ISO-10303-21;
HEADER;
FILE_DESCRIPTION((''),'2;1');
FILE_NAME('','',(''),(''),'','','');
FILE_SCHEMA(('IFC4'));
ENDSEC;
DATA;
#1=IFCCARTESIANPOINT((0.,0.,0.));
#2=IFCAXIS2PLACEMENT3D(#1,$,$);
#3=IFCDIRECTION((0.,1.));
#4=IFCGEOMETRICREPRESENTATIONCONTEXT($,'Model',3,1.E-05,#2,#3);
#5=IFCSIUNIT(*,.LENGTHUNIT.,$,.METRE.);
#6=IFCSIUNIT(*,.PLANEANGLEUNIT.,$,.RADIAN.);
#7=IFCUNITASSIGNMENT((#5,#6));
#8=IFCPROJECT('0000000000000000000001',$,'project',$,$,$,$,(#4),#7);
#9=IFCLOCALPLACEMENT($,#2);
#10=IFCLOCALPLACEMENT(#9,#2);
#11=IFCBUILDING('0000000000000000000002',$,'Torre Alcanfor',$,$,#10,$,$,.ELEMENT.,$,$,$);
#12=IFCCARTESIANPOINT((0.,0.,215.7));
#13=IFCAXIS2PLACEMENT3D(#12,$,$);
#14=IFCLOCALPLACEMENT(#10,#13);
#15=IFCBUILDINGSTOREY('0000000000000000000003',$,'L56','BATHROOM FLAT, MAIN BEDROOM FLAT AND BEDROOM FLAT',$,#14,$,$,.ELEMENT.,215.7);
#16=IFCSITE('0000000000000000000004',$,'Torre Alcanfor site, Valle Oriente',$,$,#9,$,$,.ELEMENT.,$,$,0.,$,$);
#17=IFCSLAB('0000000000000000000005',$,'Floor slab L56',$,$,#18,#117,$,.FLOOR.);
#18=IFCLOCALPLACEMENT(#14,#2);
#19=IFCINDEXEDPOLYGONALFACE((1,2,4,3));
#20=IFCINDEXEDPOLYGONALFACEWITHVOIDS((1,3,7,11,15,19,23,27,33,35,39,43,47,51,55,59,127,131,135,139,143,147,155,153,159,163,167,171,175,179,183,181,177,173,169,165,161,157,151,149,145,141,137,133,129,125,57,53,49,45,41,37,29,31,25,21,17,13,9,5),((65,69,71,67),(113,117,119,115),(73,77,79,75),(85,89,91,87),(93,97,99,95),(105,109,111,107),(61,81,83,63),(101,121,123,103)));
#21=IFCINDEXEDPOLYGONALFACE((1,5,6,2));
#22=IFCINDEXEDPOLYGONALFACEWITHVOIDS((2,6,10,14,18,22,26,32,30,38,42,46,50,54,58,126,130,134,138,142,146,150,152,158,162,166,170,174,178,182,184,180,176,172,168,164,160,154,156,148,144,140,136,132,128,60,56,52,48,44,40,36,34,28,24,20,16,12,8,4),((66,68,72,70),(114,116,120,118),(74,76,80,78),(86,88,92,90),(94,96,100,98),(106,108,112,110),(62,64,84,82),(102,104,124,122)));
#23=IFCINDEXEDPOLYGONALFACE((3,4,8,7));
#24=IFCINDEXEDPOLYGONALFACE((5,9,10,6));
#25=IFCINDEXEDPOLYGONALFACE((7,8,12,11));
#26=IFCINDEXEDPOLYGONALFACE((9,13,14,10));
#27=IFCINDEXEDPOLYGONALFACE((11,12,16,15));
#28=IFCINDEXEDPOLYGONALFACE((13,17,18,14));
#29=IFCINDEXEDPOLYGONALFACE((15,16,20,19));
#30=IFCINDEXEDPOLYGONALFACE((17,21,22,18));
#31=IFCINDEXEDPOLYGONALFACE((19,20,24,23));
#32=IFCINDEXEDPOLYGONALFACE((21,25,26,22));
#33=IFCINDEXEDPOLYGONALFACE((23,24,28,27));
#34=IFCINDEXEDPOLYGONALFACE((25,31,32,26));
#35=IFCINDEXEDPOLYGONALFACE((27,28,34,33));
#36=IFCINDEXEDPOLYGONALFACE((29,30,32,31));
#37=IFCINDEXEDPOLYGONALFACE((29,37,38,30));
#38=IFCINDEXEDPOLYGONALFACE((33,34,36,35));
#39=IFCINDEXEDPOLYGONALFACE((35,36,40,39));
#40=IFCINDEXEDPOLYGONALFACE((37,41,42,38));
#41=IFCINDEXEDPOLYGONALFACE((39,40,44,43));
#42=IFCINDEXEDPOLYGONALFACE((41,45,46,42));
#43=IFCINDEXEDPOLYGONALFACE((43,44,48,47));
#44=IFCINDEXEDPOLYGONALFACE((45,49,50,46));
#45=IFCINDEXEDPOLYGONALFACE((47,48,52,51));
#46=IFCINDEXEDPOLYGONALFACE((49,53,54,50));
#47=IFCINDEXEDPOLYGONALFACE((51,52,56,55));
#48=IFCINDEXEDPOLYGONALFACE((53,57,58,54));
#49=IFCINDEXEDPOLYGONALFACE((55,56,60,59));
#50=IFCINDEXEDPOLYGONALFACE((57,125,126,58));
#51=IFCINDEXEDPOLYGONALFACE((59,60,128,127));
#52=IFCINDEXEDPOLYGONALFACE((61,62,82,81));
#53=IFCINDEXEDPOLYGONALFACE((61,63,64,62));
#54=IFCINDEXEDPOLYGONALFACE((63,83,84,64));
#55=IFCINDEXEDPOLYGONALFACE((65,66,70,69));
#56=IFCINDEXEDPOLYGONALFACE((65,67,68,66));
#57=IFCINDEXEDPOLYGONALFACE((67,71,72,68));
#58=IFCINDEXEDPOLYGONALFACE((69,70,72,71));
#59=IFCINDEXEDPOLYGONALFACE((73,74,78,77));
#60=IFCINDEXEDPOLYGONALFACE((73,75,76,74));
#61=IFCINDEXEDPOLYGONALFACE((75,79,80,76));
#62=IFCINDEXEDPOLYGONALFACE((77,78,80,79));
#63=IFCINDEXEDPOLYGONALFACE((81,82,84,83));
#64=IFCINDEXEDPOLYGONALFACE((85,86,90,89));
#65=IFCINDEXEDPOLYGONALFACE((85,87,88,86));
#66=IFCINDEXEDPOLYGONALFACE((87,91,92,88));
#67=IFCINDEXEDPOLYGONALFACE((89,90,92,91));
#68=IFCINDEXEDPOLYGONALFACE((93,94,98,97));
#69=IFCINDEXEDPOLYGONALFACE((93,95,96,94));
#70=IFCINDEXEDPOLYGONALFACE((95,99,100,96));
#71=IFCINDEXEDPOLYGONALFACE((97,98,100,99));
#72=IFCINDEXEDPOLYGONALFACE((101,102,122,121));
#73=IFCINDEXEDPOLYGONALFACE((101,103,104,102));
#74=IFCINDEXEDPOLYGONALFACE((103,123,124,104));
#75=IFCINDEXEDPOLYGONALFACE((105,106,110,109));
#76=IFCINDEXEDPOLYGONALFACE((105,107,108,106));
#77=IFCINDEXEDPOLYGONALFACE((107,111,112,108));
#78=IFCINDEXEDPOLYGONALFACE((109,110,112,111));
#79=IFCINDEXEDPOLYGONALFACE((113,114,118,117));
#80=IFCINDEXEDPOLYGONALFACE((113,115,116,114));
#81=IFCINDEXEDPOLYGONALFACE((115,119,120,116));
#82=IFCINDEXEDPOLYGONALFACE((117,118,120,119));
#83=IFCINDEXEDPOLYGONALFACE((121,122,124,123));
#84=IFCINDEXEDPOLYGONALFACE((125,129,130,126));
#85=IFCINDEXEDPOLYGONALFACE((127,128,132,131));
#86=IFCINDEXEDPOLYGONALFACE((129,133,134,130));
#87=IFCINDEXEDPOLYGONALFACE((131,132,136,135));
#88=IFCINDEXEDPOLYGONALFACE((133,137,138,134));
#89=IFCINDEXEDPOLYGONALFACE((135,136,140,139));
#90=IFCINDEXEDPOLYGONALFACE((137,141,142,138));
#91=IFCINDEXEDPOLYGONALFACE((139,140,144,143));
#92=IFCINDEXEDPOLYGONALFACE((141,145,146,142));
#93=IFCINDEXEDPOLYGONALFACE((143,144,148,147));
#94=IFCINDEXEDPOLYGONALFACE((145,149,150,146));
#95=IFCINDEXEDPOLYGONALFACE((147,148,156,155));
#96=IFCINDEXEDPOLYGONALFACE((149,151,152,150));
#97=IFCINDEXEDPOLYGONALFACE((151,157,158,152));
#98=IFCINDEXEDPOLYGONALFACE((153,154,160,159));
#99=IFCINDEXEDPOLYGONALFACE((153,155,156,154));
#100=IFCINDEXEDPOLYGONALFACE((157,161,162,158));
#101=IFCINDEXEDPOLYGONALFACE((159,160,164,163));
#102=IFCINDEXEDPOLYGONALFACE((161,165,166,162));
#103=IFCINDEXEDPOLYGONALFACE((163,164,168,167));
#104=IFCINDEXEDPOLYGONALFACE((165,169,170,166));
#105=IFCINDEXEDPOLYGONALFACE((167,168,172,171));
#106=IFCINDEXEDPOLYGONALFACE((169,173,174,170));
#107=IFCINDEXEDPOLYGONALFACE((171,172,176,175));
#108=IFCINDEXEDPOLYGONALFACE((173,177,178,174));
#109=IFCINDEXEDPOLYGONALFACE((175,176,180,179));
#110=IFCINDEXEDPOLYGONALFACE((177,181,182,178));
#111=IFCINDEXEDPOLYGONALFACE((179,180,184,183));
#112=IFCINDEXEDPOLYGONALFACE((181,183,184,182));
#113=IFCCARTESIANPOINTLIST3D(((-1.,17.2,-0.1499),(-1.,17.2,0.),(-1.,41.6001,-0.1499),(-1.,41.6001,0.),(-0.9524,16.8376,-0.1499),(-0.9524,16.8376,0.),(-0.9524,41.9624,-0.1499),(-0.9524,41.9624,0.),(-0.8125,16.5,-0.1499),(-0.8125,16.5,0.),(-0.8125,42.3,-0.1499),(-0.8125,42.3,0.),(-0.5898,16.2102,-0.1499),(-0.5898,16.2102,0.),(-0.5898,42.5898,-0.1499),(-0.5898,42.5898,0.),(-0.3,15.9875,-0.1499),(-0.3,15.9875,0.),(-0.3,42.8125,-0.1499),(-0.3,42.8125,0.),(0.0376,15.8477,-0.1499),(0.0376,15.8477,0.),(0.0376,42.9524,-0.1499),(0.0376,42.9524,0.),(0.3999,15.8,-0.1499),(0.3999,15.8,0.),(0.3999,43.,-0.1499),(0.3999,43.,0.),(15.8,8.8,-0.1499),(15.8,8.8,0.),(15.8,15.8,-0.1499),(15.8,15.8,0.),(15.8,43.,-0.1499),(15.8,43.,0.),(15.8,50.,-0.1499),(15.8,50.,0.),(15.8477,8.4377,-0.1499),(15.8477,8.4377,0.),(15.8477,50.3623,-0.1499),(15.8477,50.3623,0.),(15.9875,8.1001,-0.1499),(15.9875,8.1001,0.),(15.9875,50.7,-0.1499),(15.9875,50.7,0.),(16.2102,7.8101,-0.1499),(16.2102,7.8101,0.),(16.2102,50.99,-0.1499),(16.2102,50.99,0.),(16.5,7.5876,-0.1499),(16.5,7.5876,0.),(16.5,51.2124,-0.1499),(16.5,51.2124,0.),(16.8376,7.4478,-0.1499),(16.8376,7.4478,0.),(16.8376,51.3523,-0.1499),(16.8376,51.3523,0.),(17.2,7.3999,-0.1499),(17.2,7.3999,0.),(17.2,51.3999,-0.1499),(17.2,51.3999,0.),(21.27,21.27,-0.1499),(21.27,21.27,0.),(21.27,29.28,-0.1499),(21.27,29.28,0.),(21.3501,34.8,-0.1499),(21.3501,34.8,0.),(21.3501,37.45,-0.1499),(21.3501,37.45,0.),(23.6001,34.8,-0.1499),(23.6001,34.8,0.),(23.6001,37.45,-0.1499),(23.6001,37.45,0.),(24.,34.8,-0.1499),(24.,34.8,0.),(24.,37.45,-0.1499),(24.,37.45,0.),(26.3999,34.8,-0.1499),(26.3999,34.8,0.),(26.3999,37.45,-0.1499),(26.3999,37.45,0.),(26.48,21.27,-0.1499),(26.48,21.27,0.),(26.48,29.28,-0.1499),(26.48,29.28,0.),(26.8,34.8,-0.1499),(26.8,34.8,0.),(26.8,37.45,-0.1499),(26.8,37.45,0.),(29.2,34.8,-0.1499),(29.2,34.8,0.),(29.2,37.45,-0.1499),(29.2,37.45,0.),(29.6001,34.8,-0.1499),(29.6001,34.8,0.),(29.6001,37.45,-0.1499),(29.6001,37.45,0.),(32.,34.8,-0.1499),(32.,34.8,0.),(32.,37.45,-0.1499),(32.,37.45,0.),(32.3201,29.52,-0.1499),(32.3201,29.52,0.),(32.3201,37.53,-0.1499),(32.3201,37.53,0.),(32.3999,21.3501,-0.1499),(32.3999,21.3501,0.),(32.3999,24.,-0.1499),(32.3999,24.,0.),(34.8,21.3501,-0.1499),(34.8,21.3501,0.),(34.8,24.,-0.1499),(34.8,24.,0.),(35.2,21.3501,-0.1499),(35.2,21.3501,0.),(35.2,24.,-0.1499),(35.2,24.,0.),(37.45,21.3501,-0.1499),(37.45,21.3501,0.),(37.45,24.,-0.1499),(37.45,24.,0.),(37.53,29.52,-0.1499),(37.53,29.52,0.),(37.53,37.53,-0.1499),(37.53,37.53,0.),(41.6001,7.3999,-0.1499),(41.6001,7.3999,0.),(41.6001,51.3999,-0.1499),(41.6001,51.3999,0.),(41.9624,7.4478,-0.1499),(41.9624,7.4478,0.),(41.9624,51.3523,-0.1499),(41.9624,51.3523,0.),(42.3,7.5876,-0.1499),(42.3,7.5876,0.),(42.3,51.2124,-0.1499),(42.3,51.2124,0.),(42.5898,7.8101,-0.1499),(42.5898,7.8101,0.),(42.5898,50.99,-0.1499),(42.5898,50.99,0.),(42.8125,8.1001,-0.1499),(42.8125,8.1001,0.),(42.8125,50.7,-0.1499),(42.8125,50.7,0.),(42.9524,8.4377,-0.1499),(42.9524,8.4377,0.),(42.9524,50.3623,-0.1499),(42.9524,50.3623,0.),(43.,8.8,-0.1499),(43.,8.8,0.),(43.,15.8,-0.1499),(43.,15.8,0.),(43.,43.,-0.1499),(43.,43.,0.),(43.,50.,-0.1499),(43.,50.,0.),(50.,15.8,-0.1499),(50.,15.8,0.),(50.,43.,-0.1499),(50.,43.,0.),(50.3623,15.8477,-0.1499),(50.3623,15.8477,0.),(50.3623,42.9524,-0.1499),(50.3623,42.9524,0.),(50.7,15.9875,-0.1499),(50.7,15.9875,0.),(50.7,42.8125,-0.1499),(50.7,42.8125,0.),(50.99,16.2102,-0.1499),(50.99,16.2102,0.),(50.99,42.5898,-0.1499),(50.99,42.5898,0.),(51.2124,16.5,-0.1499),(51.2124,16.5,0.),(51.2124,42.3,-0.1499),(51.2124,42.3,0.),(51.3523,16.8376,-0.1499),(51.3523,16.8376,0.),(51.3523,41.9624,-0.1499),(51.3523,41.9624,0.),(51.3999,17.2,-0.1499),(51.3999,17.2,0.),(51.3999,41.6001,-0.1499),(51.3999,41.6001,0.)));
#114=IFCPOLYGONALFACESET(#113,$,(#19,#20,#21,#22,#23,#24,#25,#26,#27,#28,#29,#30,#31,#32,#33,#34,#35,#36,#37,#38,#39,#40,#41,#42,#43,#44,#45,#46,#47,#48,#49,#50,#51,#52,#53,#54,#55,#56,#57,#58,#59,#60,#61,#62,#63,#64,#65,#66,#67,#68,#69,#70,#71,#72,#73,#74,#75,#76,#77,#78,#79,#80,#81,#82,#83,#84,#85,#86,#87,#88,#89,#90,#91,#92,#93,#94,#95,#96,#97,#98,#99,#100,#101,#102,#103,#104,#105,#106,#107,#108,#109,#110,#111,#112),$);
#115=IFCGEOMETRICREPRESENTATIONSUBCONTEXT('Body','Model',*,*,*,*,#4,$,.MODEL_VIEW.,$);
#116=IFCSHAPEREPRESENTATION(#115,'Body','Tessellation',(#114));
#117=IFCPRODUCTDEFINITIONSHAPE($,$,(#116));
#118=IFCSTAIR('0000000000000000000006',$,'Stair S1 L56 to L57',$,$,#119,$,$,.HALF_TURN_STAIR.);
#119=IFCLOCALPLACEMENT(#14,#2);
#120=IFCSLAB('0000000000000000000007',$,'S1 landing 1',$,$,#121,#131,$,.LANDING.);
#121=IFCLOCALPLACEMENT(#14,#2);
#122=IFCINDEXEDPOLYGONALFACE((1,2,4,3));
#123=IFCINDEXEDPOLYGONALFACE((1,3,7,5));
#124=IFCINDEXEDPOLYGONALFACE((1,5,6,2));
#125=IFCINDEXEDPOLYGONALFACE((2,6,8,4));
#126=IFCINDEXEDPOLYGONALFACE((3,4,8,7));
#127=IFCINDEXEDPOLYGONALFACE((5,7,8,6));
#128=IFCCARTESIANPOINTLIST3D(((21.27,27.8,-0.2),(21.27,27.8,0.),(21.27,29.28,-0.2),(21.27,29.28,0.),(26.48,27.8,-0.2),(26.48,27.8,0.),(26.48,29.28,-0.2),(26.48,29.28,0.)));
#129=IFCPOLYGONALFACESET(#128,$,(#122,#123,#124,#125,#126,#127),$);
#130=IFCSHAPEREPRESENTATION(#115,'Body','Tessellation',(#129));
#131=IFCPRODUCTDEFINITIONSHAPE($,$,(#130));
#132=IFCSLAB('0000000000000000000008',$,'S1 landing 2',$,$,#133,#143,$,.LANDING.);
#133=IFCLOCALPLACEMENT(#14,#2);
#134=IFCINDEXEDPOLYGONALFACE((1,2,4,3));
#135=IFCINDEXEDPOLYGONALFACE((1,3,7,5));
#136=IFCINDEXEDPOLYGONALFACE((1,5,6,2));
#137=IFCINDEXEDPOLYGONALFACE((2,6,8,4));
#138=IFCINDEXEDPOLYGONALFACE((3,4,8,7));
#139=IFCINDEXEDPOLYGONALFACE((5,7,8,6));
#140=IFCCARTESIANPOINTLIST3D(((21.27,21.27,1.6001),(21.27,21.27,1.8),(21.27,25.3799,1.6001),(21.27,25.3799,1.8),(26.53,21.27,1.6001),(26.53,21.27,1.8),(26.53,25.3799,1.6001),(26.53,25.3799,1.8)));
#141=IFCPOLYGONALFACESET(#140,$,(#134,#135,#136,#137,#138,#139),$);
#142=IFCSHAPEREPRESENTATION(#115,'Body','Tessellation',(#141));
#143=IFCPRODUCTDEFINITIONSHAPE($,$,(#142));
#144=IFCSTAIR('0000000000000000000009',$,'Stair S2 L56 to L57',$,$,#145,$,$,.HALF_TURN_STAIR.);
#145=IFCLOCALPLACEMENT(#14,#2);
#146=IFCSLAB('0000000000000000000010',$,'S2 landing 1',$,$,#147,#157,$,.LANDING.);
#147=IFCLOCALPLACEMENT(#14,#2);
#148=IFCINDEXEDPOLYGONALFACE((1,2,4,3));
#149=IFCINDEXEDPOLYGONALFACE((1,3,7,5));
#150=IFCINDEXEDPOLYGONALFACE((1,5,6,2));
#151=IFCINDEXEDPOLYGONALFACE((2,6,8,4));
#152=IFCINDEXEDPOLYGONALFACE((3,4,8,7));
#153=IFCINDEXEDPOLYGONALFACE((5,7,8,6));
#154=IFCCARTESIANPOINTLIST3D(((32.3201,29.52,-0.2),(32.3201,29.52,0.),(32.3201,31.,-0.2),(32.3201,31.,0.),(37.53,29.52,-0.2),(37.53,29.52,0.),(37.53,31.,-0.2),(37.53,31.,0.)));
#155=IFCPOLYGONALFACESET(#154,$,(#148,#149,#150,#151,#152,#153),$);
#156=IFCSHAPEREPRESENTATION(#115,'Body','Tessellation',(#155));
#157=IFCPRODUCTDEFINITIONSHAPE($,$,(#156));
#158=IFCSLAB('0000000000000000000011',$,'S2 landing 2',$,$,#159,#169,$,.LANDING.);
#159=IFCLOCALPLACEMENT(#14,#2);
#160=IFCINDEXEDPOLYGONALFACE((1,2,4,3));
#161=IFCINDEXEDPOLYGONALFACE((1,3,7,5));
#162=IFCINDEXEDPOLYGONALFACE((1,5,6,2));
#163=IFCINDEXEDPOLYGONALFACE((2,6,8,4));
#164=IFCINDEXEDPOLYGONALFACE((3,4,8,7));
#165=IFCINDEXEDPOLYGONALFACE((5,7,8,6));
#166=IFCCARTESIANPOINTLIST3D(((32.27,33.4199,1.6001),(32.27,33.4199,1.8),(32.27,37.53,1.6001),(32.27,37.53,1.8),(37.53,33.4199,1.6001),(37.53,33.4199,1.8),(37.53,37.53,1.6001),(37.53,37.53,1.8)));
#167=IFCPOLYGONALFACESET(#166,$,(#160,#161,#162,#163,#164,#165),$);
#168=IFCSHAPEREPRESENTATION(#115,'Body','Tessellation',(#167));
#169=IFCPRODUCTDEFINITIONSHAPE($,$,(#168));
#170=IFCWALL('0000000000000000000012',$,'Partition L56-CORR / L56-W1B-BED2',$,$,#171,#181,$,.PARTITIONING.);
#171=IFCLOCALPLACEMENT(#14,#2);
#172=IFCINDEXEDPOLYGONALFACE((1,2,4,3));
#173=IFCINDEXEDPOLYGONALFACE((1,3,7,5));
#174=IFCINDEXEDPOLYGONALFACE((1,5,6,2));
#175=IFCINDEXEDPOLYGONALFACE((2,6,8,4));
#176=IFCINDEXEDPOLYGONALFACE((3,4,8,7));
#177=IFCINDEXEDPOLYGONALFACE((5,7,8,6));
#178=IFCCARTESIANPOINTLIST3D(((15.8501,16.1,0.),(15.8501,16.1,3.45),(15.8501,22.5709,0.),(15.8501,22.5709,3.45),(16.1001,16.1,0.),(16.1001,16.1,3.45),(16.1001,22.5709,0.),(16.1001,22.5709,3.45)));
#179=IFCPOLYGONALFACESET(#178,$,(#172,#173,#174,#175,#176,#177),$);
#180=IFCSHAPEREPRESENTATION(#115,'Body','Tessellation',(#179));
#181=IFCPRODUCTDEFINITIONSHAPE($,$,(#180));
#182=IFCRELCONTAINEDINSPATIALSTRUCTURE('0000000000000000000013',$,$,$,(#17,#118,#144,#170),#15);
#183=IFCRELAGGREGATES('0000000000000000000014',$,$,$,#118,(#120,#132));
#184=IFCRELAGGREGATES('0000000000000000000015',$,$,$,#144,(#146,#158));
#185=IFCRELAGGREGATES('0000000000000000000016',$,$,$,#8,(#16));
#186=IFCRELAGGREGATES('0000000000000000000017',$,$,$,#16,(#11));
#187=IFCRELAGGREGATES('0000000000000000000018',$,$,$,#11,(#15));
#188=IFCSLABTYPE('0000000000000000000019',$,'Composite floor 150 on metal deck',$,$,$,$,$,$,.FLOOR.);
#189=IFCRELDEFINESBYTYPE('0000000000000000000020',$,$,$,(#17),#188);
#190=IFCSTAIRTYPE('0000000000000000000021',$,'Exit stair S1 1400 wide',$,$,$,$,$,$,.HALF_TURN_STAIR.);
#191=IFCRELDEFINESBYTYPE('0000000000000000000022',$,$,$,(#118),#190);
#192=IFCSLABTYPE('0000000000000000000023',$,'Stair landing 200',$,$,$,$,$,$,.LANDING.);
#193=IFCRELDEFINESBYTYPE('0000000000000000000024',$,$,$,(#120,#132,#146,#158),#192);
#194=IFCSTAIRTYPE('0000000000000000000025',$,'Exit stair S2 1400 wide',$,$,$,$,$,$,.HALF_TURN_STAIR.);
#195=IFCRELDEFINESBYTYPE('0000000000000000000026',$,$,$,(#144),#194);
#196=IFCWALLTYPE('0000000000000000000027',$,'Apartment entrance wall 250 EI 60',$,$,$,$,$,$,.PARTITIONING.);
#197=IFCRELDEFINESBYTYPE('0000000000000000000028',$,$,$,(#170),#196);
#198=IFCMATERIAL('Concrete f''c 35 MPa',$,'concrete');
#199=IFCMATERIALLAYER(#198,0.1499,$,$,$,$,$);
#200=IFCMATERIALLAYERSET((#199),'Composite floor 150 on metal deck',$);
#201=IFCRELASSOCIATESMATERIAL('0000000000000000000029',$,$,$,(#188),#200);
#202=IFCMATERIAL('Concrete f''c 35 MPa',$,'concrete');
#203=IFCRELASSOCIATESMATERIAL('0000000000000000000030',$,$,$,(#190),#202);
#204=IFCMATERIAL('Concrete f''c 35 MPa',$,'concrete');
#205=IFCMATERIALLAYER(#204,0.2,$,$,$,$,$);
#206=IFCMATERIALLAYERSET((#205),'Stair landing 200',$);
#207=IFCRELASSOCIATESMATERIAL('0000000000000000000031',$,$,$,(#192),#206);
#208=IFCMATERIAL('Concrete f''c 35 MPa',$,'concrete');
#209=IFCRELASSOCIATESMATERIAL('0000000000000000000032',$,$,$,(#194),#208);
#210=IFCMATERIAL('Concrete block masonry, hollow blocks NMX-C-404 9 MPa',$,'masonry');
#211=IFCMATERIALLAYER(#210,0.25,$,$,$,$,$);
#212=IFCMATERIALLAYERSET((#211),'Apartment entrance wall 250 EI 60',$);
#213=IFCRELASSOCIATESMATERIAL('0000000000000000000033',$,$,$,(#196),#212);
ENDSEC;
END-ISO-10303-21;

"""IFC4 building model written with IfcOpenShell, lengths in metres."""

from ifc_helpers import new_model, si_unit, direction, frame, frame_2d, origin, place, context, subcontext, project, spatial, polyline, rectangle, outline, extrude, material, layer, layer_set, type_object, element, aggregate, save


model = new_model("IFC4")

# Units and contexts
model_context = context("Model", 3, precision=1e-05, world=origin(), true_north=direction((0.0, 1.0)))
body_context = subcontext(model_context, "Body", "Model", "MODEL_VIEW")
ifc_project = project(units=[si_unit("LENGTHUNIT", "METRE"), si_unit("PLANEANGLEUNIT", "RADIAN")], contexts=[model_context])

# Site, building, storey
site_placement = place(None, origin())
site = spatial("IfcSite", under=ifc_project, at=site_placement, Name="Torre Alcanfor site, Valle Oriente", CompositionType="ELEMENT", RefElevation=0.0)
building_placement = place(site_placement, origin())
building = spatial("IfcBuilding", under=site, at=building_placement, Name="Torre Alcanfor", CompositionType="ELEMENT")
storey_placement = place(building_placement, frame((0.0, 0.0, 215.7)))
storey = spatial("IfcBuildingStorey", under=building, at=storey_placement, Name="L56", Description="BATHROOM FLAT, MAIN BEDROOM FLAT AND BEDROOM FLAT", CompositionType="ELEMENT", Elevation=215.7)

# Slab
ifc_material_1 = material(Name="Concrete f'c 35 MPa", Category="concrete")
ifc_layer_1 = layer(ifc_material_1, 0.1499)
ifc_layer_set_1 = layer_set([ifc_layer_1], Name="Composite floor 150 on metal deck")
slab_type_1 = type_object("IfcSlabType", Name="Composite floor 150 on metal deck", PredefinedType="FLOOR", material=ifc_layer_set_1)
slab_1_placement = place(storey_placement, frame((0.0, 0.0, -0.1499)))
element("IfcSlab", 1, at=slab_1_placement, inside=storey, type_object=slab_type_1, Name="Floor slab L56", PredefinedType="FLOOR", context=body_context, shape_type="SweptSolid", body=[
    extrude(outline(polyline([(15.8, 43.0), (0.3999, 43.0), (0.0376, 42.9524), (-0.3, 42.8125), (-0.5898, 42.5898), (-0.8125, 42.3), (-0.9524, 41.9624), (-1.0, 41.6001), (-1.0, 17.2), (-0.9524, 16.8376), (-0.8125, 16.5), (-0.5898, 16.2102), (-0.3, 15.9875), (0.0376, 15.8477), (0.3999, 15.8), (15.8, 15.8), (15.8, 8.8), (15.8477, 8.4377), (15.9875, 8.1001), (16.2102, 7.8101), (16.5, 7.5876), (16.8376, 7.4478), (17.2, 7.3999), (41.6001, 7.3999), (41.9624, 7.4478), (42.3, 7.5876), (42.5898, 7.8101), (42.8125, 8.1001), (42.9524, 8.4377), (43.0, 8.8), (43.0, 15.8), (50.0, 15.8), (50.3623, 15.8477), (50.7, 15.9875), (50.99, 16.2102), (51.2124, 16.5), (51.3523, 16.8376), (51.3999, 17.2), (51.3999, 41.6001), (51.3523, 41.9624), (51.2124, 42.3), (50.99, 42.5898), (50.7, 42.8125), (50.3623, 42.9524), (50.0, 43.0), (43.0, 43.0), (43.0, 50.0), (42.9524, 50.3623), (42.8125, 50.7), (42.5898, 50.99), (42.3, 51.2124), (41.9624, 51.3523), (41.6001, 51.3999), (17.2, 51.3999), (16.8376, 51.3523), (16.5, 51.2124), (16.2102, 50.99), (15.9875, 50.7), (15.8477, 50.3623), (15.8, 50.0), (15.8, 43.0)]), holes=[polyline([(21.27, 21.27), (26.48, 21.27), (26.48, 29.28), (21.27, 29.28), (21.27, 21.27)]), polyline([(32.3201, 29.52), (37.53, 29.52), (37.53, 37.53), (32.3201, 37.53), (32.3201, 29.52)]), polyline([(32.3999, 21.3501), (34.8, 21.3501), (34.8, 24.0), (32.3999, 24.0), (32.3999, 21.3501)]), polyline([(35.2, 21.3501), (37.45, 21.3501), (37.45, 24.0), (35.2, 24.0), (35.2, 21.3501)]), polyline([(21.3501, 34.8), (23.6001, 34.8), (23.6001, 37.45), (21.3501, 37.45), (21.3501, 34.8)]), polyline([(24.0, 34.8), (26.3999, 34.8), (26.3999, 37.45), (24.0, 37.45), (24.0, 34.8)]), polyline([(26.8, 34.8), (29.2, 34.8), (29.2, 37.45), (26.8, 37.45), (26.8, 34.8)]), polyline([(29.6001, 34.8), (32.0, 34.8), (32.0, 37.45), (29.6001, 37.45), (29.6001, 34.8)])]), origin(), (0.0, 0.0, 1.0), 0.1499),
])

# Stairs, slabs
ifc_material_2 = material(Name="Concrete f'c 35 MPa", Category="concrete")
stair_type_1 = type_object("IfcStairType", Name="Exit stair S1 1400 wide", PredefinedType="HALF_TURN_STAIR", material=ifc_material_2)
stair_1_placement = place(storey_placement, origin())
stair_1 = element("IfcStair", 2, at=stair_1_placement, inside=storey, type_object=stair_type_1, Name="Stair S1 L56 to L57", PredefinedType="HALF_TURN_STAIR")
ifc_material_3 = material(Name="Concrete f'c 35 MPa", Category="concrete")
ifc_layer_2 = layer(ifc_material_3, 0.2)
ifc_layer_set_2 = layer_set([ifc_layer_2], Name="Stair landing 200")
slab_type_2 = type_object("IfcSlabType", Name="Stair landing 200", PredefinedType="LANDING", material=ifc_layer_set_2)
slab_2_placement = place(storey_placement, frame((0.0, 0.0, -0.2)))
slab_2 = element("IfcSlab", 3, at=slab_2_placement, type_object=slab_type_2, Name="S1 landing 1", PredefinedType="LANDING", context=body_context, shape_type="SweptSolid", body=[
    extrude(outline(polyline([(21.27, 27.8), (26.48, 27.8), (26.48, 29.28), (21.27, 29.28), (21.27, 27.8)])), origin(), (0.0, 0.0, 1.0), 0.2),
])
slab_3_placement = place(storey_placement, frame((0.0, 0.0, 1.6001)))
slab_3 = element("IfcSlab", 4, at=slab_3_placement, type_object=slab_type_2, Name="S1 landing 2", PredefinedType="LANDING", context=body_context, shape_type="SweptSolid", body=[
    extrude(outline(polyline([(21.27, 21.27), (26.53, 21.27), (26.53, 25.3799), (21.27, 25.3799), (21.27, 21.27)])), origin(), (0.0, 0.0, 1.0), 0.2),
])
aggregate(stair_1, [slab_2, slab_3])
ifc_material_4 = material(Name="Concrete f'c 35 MPa", Category="concrete")
stair_type_2 = type_object("IfcStairType", Name="Exit stair S2 1400 wide", PredefinedType="HALF_TURN_STAIR", material=ifc_material_4)
stair_2_placement = place(storey_placement, origin())
stair_2 = element("IfcStair", 5, at=stair_2_placement, inside=storey, type_object=stair_type_2, Name="Stair S2 L56 to L57", PredefinedType="HALF_TURN_STAIR")
slab_4_placement = place(storey_placement, frame((0.0, 0.0, -0.2)))
slab_4 = element("IfcSlab", 6, at=slab_4_placement, type_object=slab_type_2, Name="S2 landing 1", PredefinedType="LANDING", context=body_context, shape_type="SweptSolid", body=[
    extrude(outline(polyline([(32.3201, 29.52), (37.53, 29.52), (37.53, 31.0), (32.3201, 31.0), (32.3201, 29.52)])), origin(), (0.0, 0.0, 1.0), 0.2),
])
slab_5_placement = place(storey_placement, frame((0.0, 0.0, 1.6001)))
slab_5 = element("IfcSlab", 7, at=slab_5_placement, type_object=slab_type_2, Name="S2 landing 2", PredefinedType="LANDING", context=body_context, shape_type="SweptSolid", body=[
    extrude(outline(polyline([(32.27, 33.4199), (37.53, 33.4199), (37.53, 37.53), (32.27, 37.53), (32.27, 33.4199)])), origin(), (0.0, 0.0, 1.0), 0.2),
])
aggregate(stair_2, [slab_4, slab_5])

# Wall
ifc_material_5 = material(Name="Concrete block masonry, hollow blocks NMX-C-404 9 MPa", Category="masonry")
ifc_layer_3 = layer(ifc_material_5, 0.25)
ifc_layer_set_3 = layer_set([ifc_layer_3], Name="Apartment entrance wall 250 EI 60")
wall_type_1 = type_object("IfcWallType", Name="Apartment entrance wall 250 EI 60", PredefinedType="PARTITIONING", material=ifc_layer_set_3)
wall_1_placement = place(storey_placement, frame((15.9751, 16.1001, 0.0), z_axis=(0.0, 0.0, 1.0), x_axis=(0.0, 1.0, 0.0)))
element("IfcWall", 8, at=wall_1_placement, inside=storey, type_object=wall_type_1, Name="Partition L56-CORR / L56-W1B-BED2", PredefinedType="PARTITIONING", context=body_context, shape_type="SweptSolid", body=[
    extrude(rectangle(XDim=6.4709, YDim=0.25, at=frame_2d((3.2354, 0.0))), origin(), (0.0, 0.0, 1.0), 3.45),
])

save(model, "model.ifc")
